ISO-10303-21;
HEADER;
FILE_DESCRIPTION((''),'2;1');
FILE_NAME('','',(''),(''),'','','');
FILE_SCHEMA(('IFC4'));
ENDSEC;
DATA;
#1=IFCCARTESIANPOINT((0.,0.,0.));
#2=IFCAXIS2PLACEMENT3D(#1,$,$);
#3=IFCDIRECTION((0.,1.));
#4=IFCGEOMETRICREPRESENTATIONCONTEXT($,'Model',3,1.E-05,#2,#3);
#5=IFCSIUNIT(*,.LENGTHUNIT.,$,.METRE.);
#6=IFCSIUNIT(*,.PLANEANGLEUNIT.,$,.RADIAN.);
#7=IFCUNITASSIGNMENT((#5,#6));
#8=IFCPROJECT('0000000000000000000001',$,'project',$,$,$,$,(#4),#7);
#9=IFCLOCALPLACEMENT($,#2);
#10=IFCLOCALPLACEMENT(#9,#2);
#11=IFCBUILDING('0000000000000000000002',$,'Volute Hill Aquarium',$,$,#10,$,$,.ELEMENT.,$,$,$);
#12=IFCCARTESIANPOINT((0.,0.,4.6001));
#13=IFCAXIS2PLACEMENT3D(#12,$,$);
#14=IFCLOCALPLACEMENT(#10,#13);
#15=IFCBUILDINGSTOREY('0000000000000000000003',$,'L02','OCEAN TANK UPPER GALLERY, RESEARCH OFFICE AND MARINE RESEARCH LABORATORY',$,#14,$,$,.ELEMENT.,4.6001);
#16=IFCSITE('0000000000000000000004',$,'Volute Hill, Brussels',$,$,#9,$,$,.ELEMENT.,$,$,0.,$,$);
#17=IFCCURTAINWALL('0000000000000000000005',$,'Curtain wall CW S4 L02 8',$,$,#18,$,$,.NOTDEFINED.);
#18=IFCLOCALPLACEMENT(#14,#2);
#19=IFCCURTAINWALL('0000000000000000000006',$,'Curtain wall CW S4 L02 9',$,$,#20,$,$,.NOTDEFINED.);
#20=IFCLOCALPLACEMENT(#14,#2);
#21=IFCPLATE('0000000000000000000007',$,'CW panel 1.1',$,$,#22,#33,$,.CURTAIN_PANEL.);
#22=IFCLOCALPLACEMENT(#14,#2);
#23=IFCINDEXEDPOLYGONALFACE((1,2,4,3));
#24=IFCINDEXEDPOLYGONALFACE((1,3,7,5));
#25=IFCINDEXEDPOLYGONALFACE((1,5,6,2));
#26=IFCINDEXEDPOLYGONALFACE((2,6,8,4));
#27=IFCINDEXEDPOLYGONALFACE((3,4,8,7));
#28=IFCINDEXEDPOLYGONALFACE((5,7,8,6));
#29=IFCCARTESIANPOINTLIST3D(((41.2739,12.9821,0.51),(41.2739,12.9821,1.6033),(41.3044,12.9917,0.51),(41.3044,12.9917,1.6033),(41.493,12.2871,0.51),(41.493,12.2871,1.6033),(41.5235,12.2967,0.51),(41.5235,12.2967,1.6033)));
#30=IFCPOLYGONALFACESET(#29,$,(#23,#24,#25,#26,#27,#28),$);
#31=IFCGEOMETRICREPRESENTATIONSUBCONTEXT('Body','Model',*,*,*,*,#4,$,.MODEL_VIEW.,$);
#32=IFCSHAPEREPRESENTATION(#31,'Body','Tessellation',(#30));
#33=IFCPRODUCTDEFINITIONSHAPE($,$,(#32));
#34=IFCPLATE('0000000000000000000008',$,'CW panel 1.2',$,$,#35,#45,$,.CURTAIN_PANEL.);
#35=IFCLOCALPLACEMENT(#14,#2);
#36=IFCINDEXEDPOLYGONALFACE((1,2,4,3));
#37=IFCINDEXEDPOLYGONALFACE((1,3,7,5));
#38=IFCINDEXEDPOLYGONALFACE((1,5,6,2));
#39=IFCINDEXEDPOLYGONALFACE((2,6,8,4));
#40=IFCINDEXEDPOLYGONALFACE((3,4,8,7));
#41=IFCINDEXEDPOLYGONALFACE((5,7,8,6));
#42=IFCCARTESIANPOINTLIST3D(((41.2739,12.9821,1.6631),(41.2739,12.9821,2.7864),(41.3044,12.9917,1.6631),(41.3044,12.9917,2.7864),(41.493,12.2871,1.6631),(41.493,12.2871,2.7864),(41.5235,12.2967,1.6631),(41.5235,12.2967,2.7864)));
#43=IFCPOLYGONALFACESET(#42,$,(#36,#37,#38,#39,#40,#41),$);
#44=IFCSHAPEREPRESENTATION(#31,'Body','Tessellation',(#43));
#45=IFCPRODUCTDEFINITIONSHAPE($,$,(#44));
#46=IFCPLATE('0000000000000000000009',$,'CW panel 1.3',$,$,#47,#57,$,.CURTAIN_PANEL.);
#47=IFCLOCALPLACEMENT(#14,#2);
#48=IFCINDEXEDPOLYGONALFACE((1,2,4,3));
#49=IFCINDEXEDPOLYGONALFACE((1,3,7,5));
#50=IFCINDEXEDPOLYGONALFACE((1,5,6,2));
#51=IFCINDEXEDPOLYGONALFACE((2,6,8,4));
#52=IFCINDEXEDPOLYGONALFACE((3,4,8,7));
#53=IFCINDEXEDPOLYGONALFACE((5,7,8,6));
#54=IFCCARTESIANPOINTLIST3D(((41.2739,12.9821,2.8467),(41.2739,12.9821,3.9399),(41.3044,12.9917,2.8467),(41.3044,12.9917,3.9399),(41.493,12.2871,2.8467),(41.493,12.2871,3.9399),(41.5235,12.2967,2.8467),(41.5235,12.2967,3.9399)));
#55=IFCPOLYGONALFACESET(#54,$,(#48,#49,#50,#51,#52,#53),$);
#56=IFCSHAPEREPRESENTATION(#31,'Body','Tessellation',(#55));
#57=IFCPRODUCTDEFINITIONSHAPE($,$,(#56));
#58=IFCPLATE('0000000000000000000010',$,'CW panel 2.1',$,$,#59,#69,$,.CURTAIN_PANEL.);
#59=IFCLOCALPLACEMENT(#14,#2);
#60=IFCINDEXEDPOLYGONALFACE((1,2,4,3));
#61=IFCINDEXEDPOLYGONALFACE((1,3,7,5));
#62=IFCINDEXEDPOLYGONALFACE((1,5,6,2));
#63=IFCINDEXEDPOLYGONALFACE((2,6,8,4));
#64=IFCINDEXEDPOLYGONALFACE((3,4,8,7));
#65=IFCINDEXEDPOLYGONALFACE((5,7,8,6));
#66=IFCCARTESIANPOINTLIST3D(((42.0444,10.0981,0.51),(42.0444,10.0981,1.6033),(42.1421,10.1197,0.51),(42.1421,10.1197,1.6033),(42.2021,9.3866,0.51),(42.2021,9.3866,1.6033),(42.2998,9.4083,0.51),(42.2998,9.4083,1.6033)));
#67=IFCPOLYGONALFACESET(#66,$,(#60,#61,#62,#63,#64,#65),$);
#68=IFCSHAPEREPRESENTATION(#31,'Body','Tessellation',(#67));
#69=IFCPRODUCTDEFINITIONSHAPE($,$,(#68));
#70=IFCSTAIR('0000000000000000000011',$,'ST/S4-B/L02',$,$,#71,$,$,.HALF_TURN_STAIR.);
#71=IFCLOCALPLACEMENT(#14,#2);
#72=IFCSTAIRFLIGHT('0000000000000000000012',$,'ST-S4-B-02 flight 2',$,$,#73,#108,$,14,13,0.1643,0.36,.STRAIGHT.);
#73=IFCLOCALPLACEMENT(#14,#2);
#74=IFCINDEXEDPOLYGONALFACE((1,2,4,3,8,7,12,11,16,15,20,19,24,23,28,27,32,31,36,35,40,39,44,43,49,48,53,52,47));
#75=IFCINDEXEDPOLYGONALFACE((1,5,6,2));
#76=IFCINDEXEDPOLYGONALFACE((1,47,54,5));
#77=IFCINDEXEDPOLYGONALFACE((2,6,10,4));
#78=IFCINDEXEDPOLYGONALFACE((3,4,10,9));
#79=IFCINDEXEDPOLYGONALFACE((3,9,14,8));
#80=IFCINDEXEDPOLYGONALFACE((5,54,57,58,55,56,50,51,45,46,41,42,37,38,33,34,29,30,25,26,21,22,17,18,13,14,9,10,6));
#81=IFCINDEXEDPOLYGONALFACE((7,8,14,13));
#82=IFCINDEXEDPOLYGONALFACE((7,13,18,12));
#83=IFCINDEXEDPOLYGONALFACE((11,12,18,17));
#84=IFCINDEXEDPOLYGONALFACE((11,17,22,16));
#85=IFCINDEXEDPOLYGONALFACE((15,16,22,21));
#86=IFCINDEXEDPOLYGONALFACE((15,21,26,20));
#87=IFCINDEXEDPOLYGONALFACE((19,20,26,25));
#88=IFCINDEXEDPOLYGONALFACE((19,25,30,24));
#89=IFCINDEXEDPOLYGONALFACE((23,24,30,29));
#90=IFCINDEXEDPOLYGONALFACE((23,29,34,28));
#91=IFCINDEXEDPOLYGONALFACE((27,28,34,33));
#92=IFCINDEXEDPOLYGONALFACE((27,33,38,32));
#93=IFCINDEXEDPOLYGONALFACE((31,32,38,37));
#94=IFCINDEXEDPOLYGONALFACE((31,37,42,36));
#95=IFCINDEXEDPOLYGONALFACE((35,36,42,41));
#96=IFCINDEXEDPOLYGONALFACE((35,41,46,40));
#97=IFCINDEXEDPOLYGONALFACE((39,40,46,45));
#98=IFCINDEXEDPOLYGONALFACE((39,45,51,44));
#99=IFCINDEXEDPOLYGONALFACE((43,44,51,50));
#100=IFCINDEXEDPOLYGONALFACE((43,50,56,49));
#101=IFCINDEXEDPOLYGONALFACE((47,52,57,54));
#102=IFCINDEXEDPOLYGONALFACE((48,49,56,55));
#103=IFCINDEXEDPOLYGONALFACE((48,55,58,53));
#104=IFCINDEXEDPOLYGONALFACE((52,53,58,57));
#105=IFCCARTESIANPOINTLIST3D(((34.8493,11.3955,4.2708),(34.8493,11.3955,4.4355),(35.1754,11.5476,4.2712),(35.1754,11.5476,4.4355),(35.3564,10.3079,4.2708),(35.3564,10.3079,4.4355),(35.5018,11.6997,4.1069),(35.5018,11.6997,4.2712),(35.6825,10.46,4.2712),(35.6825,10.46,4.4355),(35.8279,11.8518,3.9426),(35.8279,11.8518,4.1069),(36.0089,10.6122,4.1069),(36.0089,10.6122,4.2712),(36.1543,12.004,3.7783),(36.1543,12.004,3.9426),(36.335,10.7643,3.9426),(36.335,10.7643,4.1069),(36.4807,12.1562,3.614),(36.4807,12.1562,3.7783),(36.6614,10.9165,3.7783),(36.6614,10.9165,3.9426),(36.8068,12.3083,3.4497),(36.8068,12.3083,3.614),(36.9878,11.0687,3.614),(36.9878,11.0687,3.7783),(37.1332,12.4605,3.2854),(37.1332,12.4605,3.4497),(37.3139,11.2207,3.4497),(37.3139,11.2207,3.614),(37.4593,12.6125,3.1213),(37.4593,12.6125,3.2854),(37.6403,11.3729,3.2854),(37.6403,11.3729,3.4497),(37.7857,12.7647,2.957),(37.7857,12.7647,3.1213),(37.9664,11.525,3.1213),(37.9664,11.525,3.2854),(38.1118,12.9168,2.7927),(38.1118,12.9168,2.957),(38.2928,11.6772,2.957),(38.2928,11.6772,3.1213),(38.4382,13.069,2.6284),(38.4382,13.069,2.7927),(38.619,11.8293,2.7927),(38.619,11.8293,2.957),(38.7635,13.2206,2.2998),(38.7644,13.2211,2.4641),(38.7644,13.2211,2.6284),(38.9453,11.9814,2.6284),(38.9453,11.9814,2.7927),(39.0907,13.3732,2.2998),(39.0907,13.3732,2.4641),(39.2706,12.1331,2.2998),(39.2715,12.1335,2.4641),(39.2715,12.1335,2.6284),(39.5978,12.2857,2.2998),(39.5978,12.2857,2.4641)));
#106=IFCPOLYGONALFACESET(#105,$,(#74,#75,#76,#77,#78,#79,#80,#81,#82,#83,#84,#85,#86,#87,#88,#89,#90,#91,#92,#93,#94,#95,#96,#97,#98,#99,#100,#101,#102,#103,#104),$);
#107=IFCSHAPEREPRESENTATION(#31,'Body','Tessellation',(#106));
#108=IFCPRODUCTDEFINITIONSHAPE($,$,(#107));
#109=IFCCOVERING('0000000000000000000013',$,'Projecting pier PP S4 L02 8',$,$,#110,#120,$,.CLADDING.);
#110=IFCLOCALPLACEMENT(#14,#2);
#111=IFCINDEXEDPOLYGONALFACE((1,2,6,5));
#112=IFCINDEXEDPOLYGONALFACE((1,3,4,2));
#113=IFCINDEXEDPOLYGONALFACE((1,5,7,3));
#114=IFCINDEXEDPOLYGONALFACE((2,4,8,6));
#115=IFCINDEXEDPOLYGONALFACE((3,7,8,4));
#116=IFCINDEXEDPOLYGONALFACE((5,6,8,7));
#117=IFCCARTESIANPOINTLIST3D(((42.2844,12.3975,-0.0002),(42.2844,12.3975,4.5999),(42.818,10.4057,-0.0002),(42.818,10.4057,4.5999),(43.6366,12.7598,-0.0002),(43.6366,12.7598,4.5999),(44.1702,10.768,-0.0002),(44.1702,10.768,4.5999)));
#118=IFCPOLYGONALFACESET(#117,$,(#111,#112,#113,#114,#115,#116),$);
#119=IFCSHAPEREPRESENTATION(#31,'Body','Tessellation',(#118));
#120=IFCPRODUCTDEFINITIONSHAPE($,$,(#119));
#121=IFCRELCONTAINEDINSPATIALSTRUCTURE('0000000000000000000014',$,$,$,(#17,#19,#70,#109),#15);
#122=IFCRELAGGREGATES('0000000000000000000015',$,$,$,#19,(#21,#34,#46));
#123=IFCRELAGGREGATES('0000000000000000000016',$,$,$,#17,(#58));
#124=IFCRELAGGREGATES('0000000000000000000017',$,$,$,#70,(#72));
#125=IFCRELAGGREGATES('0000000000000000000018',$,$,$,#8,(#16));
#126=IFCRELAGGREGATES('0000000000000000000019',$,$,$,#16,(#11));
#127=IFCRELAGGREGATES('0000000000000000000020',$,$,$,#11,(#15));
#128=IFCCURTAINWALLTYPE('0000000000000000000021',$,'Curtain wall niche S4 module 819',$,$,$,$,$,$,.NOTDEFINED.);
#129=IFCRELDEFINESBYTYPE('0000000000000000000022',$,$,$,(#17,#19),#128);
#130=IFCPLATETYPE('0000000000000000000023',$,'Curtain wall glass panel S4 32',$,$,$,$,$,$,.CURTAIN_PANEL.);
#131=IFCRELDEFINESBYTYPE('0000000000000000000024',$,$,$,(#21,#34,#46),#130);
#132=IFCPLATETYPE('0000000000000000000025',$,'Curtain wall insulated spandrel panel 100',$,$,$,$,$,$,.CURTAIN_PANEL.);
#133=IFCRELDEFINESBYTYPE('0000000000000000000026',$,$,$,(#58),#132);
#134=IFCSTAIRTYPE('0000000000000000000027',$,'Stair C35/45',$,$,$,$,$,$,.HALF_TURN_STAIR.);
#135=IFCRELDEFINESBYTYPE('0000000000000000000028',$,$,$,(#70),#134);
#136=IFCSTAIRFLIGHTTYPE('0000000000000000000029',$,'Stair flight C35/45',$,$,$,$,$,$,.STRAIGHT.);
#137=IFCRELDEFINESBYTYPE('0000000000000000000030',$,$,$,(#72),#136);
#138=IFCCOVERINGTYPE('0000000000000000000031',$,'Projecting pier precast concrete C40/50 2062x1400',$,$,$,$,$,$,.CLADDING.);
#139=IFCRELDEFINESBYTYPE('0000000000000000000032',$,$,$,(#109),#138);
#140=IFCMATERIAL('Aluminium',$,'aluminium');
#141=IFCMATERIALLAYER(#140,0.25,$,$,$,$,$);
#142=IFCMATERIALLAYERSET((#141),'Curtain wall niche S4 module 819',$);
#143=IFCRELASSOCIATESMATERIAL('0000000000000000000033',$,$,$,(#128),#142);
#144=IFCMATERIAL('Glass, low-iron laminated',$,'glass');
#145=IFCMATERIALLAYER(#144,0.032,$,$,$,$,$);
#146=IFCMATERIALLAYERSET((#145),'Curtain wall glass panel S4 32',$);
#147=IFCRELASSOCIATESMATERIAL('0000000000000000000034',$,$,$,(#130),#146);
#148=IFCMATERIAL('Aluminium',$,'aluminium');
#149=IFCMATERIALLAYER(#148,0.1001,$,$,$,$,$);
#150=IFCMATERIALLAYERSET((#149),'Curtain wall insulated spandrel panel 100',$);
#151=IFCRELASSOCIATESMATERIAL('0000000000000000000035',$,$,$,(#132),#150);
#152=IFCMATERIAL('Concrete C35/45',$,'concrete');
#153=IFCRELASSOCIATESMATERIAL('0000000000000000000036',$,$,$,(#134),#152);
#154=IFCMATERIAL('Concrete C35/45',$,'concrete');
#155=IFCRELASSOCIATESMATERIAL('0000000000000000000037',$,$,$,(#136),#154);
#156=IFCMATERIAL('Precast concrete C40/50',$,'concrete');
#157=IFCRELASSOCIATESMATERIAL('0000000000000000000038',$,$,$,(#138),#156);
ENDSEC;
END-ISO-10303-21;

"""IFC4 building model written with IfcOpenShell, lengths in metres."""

from ifc_helpers import new_model, si_unit, direction, frame, origin, origin_2d, place, context, subcontext, project, spatial, polyline, rectangle, outline, extrude, material, layer, layer_set, type_object, element, aggregate, save


model = new_model("IFC4")

# Units and contexts
model_context = context("Model", 3, precision=1e-05, world=origin(), true_north=direction((0.0, 1.0)))
body_context = subcontext(model_context, "Body", "Model", "MODEL_VIEW")
ifc_project = project(units=[si_unit("LENGTHUNIT", "METRE"), si_unit("PLANEANGLEUNIT", "RADIAN")], contexts=[model_context])

# Site, building, storey
site_placement = place(None, origin())
site = spatial("IfcSite", under=ifc_project, at=site_placement, Name="Volute Hill, Brussels", CompositionType="ELEMENT", RefElevation=0.0)
building_placement = place(site_placement, origin())
building = spatial("IfcBuilding", under=site, at=building_placement, Name="Volute Hill Aquarium", CompositionType="ELEMENT")
storey_placement = place(building_placement, frame((0.0, 0.0, 4.6001)))
storey = spatial("IfcBuildingStorey", under=building, at=storey_placement, Name="L02", Description="OCEAN TANK UPPER GALLERY, RESEARCH OFFICE AND MARINE RESEARCH LABORATORY", CompositionType="ELEMENT", Elevation=4.6001)

# Curtain wall
ifc_material_1 = material(Name="Aluminium", Category="aluminium")
ifc_layer_1 = layer(ifc_material_1, 0.25)
ifc_layer_set_1 = layer_set([ifc_layer_1], Name="Curtain wall niche S4 module 819")
curtain_wall_type = type_object("IfcCurtainWallType", Name="Curtain wall niche S4 module 819", PredefinedType="NOTDEFINED", material=ifc_layer_set_1)
curtain_wall_1_placement = place(storey_placement, origin())
curtain_wall_1 = element("IfcCurtainWall", 1, at=curtain_wall_1_placement, inside=storey, type_object=curtain_wall_type, Name="Curtain wall CW S4 L02 8", PredefinedType="NOTDEFINED")

# Curtain wall
curtain_wall_2_placement = place(storey_placement, origin())
curtain_wall_2 = element("IfcCurtainWall", 2, at=curtain_wall_2_placement, inside=storey, type_object=curtain_wall_type, Name="Curtain wall CW S4 L02 9", PredefinedType="NOTDEFINED")

# Plates
ifc_material_2 = material(Name="Glass, low-iron laminated", Category="glass")
ifc_layer_2 = layer(ifc_material_2, 0.032)
ifc_layer_set_2 = layer_set([ifc_layer_2], Name="Curtain wall glass panel S4 32")
plate_type_1 = type_object("IfcPlateType", Name="Curtain wall glass panel S4 32", PredefinedType="CURTAIN_PANEL", material=ifc_layer_set_2)
plate_1_placement = place(storey_placement, frame((41.3987, 12.6394, 0.51), z_axis=(0.0, 0.0, 1.0), x_axis=(-0.30071, 0.953716, 0.0)))
plate_1 = element("IfcPlate", 3, at=plate_1_placement, type_object=plate_type_1, Name="CW panel 1.1", PredefinedType="CURTAIN_PANEL", context=body_context, shape_type="SweptSolid", body=[
    extrude(rectangle(XDim=0.7288, YDim=0.032, at=origin_2d()), origin(), (0.0, 0.0, 1.0), 1.0933),
])
plate_2_placement = place(storey_placement, frame((41.3987, 12.6394, 1.6631), z_axis=(0.0, 0.0, 1.0), x_axis=(-0.30071, 0.953716, 0.0)))
plate_2 = element("IfcPlate", 4, at=plate_2_placement, type_object=plate_type_1, Name="CW panel 1.2", PredefinedType="CURTAIN_PANEL", context=body_context, shape_type="SweptSolid", body=[
    extrude(rectangle(XDim=0.7288, YDim=0.032, at=origin_2d()), origin(), (0.0, 0.0, 1.0), 1.1233),
])
plate_3_placement = place(storey_placement, frame((41.3987, 12.6394, 2.8467), z_axis=(0.0, 0.0, 1.0), x_axis=(-0.30071, 0.953716, 0.0)))
plate_3 = element("IfcPlate", 5, at=plate_3_placement, type_object=plate_type_1, Name="CW panel 1.3", PredefinedType="CURTAIN_PANEL", context=body_context, shape_type="SweptSolid", body=[
    extrude(rectangle(XDim=0.7288, YDim=0.032, at=origin_2d()), origin(), (0.0, 0.0, 1.0), 1.0933),
])
aggregate(curtain_wall_2, [plate_1, plate_2, plate_3])
ifc_material_3 = material(Name="Aluminium", Category="aluminium")
ifc_layer_3 = layer(ifc_material_3, 0.1001)
ifc_layer_set_3 = layer_set([ifc_layer_3], Name="Curtain wall insulated spandrel panel 100")
plate_type_2 = type_object("IfcPlateType", Name="Curtain wall insulated spandrel panel 100", PredefinedType="CURTAIN_PANEL", material=ifc_layer_set_3)
plate_4_placement = place(storey_placement, frame((42.1721, 9.7532, 0.51), z_axis=(0.0, 0.0, 1.0), x_axis=(-0.216436, 0.976297, 0.0)))
plate_4 = element("IfcPlate", 6, at=plate_4_placement, type_object=plate_type_2, Name="CW panel 2.1", PredefinedType="CURTAIN_PANEL", context=body_context, shape_type="SweptSolid", body=[
    extrude(rectangle(XDim=0.7288, YDim=0.1001, at=origin_2d()), origin(), (0.0, 0.0, 1.0), 1.0933),
])
aggregate(curtain_wall_1, [plate_4])

# Stair, stair flight
ifc_material_4 = material(Name="Concrete C35/45", Category="concrete")
stair_type = type_object("IfcStairType", Name="Stair C35/45", PredefinedType="HALF_TURN_STAIR", material=ifc_material_4)
stair_placement = place(storey_placement, origin())
stair = element("IfcStair", 7, at=stair_placement, inside=storey, type_object=stair_type, Name="ST/S4-B/L02", PredefinedType="HALF_TURN_STAIR")
ifc_material_5 = material(Name="Concrete C35/45", Category="concrete")
stair_flight_type = type_object("IfcStairFlightType", Name="Stair flight C35/45", PredefinedType="STRAIGHT", material=ifc_material_5)
stair_flight_placement = place(storey_placement, frame((39.3442, 12.8296, 2.2998), z_axis=(0.0, 0.0, 1.0), x_axis=(-0.906313, -0.422606, 0.0)))
stair_flight = element("IfcStairFlight", 8, at=stair_flight_placement, type_object=stair_flight_type, Name="ST-S4-B-02 flight 2", NumberOfRisers=14, NumberOfTreads=13, PredefinedType="STRAIGHT", RiserHeight=0.1643, TreadLength=0.36, context=body_context, shape_type="SweptSolid", body=[
    extrude(outline(polyline([(0.0, 0.0), (0.0, 0.1643), (0.3601, 0.1643), (0.3601, 0.3286), (0.72, 0.3286), (0.72, 0.4929), (1.0801, 0.4929), (1.0801, 0.6572), (1.4399, 0.6572), (1.4399, 0.8215), (1.8, 0.8215), (1.8, 0.9856), (2.1599, 0.9856), (2.1599, 1.1499), (2.52, 1.1499), (2.52, 1.3142), (2.8799, 1.3142), (2.8799, 1.4785), (3.24, 1.4785), (3.24, 1.6428), (3.6001, 1.6428), (3.6001, 1.8071), (3.96, 1.8071), (3.96, 1.9714), (4.3201, 1.9714), (4.3201, 2.1357), (4.6799, 2.1357), (4.6799, 2.3), (4.6799, 1.9709), (0.3611, 0.0), (0.0, 0.0)])), frame((0.0, 0.6001, 0.0), z_axis=(0.0, -1.0, 0.0), x_axis=(1.0, 0.0, 0.0)), (0.0, 0.0, 1.0), 1.2),
])
aggregate(stair, [stair_flight])

# Covering
ifc_material_6 = material(Name="Precast concrete C40/50", Category="concrete")
covering_type = type_object("IfcCoveringType", Name="Projecting pier precast concrete C40/50 2062x1400", PredefinedType="CLADDING", material=ifc_material_6)
covering_placement = place(storey_placement, frame((43.2273, 11.5828, -0.0002), z_axis=(0.0, 0.0, 1.0), x_axis=(-0.258819, 0.965926, 0.0)))
element("IfcCovering", 9, at=covering_placement, inside=storey, type_object=covering_type, Name="Projecting pier PP S4 L02 8", PredefinedType="CLADDING", context=body_context, shape_type="SweptSolid", body=[
    extrude(rectangle(XDim=2.062, YDim=1.3999, at=origin_2d()), origin(), (0.0, 0.0, 1.0), 4.6001),
])

save(model, "model.ifc")
